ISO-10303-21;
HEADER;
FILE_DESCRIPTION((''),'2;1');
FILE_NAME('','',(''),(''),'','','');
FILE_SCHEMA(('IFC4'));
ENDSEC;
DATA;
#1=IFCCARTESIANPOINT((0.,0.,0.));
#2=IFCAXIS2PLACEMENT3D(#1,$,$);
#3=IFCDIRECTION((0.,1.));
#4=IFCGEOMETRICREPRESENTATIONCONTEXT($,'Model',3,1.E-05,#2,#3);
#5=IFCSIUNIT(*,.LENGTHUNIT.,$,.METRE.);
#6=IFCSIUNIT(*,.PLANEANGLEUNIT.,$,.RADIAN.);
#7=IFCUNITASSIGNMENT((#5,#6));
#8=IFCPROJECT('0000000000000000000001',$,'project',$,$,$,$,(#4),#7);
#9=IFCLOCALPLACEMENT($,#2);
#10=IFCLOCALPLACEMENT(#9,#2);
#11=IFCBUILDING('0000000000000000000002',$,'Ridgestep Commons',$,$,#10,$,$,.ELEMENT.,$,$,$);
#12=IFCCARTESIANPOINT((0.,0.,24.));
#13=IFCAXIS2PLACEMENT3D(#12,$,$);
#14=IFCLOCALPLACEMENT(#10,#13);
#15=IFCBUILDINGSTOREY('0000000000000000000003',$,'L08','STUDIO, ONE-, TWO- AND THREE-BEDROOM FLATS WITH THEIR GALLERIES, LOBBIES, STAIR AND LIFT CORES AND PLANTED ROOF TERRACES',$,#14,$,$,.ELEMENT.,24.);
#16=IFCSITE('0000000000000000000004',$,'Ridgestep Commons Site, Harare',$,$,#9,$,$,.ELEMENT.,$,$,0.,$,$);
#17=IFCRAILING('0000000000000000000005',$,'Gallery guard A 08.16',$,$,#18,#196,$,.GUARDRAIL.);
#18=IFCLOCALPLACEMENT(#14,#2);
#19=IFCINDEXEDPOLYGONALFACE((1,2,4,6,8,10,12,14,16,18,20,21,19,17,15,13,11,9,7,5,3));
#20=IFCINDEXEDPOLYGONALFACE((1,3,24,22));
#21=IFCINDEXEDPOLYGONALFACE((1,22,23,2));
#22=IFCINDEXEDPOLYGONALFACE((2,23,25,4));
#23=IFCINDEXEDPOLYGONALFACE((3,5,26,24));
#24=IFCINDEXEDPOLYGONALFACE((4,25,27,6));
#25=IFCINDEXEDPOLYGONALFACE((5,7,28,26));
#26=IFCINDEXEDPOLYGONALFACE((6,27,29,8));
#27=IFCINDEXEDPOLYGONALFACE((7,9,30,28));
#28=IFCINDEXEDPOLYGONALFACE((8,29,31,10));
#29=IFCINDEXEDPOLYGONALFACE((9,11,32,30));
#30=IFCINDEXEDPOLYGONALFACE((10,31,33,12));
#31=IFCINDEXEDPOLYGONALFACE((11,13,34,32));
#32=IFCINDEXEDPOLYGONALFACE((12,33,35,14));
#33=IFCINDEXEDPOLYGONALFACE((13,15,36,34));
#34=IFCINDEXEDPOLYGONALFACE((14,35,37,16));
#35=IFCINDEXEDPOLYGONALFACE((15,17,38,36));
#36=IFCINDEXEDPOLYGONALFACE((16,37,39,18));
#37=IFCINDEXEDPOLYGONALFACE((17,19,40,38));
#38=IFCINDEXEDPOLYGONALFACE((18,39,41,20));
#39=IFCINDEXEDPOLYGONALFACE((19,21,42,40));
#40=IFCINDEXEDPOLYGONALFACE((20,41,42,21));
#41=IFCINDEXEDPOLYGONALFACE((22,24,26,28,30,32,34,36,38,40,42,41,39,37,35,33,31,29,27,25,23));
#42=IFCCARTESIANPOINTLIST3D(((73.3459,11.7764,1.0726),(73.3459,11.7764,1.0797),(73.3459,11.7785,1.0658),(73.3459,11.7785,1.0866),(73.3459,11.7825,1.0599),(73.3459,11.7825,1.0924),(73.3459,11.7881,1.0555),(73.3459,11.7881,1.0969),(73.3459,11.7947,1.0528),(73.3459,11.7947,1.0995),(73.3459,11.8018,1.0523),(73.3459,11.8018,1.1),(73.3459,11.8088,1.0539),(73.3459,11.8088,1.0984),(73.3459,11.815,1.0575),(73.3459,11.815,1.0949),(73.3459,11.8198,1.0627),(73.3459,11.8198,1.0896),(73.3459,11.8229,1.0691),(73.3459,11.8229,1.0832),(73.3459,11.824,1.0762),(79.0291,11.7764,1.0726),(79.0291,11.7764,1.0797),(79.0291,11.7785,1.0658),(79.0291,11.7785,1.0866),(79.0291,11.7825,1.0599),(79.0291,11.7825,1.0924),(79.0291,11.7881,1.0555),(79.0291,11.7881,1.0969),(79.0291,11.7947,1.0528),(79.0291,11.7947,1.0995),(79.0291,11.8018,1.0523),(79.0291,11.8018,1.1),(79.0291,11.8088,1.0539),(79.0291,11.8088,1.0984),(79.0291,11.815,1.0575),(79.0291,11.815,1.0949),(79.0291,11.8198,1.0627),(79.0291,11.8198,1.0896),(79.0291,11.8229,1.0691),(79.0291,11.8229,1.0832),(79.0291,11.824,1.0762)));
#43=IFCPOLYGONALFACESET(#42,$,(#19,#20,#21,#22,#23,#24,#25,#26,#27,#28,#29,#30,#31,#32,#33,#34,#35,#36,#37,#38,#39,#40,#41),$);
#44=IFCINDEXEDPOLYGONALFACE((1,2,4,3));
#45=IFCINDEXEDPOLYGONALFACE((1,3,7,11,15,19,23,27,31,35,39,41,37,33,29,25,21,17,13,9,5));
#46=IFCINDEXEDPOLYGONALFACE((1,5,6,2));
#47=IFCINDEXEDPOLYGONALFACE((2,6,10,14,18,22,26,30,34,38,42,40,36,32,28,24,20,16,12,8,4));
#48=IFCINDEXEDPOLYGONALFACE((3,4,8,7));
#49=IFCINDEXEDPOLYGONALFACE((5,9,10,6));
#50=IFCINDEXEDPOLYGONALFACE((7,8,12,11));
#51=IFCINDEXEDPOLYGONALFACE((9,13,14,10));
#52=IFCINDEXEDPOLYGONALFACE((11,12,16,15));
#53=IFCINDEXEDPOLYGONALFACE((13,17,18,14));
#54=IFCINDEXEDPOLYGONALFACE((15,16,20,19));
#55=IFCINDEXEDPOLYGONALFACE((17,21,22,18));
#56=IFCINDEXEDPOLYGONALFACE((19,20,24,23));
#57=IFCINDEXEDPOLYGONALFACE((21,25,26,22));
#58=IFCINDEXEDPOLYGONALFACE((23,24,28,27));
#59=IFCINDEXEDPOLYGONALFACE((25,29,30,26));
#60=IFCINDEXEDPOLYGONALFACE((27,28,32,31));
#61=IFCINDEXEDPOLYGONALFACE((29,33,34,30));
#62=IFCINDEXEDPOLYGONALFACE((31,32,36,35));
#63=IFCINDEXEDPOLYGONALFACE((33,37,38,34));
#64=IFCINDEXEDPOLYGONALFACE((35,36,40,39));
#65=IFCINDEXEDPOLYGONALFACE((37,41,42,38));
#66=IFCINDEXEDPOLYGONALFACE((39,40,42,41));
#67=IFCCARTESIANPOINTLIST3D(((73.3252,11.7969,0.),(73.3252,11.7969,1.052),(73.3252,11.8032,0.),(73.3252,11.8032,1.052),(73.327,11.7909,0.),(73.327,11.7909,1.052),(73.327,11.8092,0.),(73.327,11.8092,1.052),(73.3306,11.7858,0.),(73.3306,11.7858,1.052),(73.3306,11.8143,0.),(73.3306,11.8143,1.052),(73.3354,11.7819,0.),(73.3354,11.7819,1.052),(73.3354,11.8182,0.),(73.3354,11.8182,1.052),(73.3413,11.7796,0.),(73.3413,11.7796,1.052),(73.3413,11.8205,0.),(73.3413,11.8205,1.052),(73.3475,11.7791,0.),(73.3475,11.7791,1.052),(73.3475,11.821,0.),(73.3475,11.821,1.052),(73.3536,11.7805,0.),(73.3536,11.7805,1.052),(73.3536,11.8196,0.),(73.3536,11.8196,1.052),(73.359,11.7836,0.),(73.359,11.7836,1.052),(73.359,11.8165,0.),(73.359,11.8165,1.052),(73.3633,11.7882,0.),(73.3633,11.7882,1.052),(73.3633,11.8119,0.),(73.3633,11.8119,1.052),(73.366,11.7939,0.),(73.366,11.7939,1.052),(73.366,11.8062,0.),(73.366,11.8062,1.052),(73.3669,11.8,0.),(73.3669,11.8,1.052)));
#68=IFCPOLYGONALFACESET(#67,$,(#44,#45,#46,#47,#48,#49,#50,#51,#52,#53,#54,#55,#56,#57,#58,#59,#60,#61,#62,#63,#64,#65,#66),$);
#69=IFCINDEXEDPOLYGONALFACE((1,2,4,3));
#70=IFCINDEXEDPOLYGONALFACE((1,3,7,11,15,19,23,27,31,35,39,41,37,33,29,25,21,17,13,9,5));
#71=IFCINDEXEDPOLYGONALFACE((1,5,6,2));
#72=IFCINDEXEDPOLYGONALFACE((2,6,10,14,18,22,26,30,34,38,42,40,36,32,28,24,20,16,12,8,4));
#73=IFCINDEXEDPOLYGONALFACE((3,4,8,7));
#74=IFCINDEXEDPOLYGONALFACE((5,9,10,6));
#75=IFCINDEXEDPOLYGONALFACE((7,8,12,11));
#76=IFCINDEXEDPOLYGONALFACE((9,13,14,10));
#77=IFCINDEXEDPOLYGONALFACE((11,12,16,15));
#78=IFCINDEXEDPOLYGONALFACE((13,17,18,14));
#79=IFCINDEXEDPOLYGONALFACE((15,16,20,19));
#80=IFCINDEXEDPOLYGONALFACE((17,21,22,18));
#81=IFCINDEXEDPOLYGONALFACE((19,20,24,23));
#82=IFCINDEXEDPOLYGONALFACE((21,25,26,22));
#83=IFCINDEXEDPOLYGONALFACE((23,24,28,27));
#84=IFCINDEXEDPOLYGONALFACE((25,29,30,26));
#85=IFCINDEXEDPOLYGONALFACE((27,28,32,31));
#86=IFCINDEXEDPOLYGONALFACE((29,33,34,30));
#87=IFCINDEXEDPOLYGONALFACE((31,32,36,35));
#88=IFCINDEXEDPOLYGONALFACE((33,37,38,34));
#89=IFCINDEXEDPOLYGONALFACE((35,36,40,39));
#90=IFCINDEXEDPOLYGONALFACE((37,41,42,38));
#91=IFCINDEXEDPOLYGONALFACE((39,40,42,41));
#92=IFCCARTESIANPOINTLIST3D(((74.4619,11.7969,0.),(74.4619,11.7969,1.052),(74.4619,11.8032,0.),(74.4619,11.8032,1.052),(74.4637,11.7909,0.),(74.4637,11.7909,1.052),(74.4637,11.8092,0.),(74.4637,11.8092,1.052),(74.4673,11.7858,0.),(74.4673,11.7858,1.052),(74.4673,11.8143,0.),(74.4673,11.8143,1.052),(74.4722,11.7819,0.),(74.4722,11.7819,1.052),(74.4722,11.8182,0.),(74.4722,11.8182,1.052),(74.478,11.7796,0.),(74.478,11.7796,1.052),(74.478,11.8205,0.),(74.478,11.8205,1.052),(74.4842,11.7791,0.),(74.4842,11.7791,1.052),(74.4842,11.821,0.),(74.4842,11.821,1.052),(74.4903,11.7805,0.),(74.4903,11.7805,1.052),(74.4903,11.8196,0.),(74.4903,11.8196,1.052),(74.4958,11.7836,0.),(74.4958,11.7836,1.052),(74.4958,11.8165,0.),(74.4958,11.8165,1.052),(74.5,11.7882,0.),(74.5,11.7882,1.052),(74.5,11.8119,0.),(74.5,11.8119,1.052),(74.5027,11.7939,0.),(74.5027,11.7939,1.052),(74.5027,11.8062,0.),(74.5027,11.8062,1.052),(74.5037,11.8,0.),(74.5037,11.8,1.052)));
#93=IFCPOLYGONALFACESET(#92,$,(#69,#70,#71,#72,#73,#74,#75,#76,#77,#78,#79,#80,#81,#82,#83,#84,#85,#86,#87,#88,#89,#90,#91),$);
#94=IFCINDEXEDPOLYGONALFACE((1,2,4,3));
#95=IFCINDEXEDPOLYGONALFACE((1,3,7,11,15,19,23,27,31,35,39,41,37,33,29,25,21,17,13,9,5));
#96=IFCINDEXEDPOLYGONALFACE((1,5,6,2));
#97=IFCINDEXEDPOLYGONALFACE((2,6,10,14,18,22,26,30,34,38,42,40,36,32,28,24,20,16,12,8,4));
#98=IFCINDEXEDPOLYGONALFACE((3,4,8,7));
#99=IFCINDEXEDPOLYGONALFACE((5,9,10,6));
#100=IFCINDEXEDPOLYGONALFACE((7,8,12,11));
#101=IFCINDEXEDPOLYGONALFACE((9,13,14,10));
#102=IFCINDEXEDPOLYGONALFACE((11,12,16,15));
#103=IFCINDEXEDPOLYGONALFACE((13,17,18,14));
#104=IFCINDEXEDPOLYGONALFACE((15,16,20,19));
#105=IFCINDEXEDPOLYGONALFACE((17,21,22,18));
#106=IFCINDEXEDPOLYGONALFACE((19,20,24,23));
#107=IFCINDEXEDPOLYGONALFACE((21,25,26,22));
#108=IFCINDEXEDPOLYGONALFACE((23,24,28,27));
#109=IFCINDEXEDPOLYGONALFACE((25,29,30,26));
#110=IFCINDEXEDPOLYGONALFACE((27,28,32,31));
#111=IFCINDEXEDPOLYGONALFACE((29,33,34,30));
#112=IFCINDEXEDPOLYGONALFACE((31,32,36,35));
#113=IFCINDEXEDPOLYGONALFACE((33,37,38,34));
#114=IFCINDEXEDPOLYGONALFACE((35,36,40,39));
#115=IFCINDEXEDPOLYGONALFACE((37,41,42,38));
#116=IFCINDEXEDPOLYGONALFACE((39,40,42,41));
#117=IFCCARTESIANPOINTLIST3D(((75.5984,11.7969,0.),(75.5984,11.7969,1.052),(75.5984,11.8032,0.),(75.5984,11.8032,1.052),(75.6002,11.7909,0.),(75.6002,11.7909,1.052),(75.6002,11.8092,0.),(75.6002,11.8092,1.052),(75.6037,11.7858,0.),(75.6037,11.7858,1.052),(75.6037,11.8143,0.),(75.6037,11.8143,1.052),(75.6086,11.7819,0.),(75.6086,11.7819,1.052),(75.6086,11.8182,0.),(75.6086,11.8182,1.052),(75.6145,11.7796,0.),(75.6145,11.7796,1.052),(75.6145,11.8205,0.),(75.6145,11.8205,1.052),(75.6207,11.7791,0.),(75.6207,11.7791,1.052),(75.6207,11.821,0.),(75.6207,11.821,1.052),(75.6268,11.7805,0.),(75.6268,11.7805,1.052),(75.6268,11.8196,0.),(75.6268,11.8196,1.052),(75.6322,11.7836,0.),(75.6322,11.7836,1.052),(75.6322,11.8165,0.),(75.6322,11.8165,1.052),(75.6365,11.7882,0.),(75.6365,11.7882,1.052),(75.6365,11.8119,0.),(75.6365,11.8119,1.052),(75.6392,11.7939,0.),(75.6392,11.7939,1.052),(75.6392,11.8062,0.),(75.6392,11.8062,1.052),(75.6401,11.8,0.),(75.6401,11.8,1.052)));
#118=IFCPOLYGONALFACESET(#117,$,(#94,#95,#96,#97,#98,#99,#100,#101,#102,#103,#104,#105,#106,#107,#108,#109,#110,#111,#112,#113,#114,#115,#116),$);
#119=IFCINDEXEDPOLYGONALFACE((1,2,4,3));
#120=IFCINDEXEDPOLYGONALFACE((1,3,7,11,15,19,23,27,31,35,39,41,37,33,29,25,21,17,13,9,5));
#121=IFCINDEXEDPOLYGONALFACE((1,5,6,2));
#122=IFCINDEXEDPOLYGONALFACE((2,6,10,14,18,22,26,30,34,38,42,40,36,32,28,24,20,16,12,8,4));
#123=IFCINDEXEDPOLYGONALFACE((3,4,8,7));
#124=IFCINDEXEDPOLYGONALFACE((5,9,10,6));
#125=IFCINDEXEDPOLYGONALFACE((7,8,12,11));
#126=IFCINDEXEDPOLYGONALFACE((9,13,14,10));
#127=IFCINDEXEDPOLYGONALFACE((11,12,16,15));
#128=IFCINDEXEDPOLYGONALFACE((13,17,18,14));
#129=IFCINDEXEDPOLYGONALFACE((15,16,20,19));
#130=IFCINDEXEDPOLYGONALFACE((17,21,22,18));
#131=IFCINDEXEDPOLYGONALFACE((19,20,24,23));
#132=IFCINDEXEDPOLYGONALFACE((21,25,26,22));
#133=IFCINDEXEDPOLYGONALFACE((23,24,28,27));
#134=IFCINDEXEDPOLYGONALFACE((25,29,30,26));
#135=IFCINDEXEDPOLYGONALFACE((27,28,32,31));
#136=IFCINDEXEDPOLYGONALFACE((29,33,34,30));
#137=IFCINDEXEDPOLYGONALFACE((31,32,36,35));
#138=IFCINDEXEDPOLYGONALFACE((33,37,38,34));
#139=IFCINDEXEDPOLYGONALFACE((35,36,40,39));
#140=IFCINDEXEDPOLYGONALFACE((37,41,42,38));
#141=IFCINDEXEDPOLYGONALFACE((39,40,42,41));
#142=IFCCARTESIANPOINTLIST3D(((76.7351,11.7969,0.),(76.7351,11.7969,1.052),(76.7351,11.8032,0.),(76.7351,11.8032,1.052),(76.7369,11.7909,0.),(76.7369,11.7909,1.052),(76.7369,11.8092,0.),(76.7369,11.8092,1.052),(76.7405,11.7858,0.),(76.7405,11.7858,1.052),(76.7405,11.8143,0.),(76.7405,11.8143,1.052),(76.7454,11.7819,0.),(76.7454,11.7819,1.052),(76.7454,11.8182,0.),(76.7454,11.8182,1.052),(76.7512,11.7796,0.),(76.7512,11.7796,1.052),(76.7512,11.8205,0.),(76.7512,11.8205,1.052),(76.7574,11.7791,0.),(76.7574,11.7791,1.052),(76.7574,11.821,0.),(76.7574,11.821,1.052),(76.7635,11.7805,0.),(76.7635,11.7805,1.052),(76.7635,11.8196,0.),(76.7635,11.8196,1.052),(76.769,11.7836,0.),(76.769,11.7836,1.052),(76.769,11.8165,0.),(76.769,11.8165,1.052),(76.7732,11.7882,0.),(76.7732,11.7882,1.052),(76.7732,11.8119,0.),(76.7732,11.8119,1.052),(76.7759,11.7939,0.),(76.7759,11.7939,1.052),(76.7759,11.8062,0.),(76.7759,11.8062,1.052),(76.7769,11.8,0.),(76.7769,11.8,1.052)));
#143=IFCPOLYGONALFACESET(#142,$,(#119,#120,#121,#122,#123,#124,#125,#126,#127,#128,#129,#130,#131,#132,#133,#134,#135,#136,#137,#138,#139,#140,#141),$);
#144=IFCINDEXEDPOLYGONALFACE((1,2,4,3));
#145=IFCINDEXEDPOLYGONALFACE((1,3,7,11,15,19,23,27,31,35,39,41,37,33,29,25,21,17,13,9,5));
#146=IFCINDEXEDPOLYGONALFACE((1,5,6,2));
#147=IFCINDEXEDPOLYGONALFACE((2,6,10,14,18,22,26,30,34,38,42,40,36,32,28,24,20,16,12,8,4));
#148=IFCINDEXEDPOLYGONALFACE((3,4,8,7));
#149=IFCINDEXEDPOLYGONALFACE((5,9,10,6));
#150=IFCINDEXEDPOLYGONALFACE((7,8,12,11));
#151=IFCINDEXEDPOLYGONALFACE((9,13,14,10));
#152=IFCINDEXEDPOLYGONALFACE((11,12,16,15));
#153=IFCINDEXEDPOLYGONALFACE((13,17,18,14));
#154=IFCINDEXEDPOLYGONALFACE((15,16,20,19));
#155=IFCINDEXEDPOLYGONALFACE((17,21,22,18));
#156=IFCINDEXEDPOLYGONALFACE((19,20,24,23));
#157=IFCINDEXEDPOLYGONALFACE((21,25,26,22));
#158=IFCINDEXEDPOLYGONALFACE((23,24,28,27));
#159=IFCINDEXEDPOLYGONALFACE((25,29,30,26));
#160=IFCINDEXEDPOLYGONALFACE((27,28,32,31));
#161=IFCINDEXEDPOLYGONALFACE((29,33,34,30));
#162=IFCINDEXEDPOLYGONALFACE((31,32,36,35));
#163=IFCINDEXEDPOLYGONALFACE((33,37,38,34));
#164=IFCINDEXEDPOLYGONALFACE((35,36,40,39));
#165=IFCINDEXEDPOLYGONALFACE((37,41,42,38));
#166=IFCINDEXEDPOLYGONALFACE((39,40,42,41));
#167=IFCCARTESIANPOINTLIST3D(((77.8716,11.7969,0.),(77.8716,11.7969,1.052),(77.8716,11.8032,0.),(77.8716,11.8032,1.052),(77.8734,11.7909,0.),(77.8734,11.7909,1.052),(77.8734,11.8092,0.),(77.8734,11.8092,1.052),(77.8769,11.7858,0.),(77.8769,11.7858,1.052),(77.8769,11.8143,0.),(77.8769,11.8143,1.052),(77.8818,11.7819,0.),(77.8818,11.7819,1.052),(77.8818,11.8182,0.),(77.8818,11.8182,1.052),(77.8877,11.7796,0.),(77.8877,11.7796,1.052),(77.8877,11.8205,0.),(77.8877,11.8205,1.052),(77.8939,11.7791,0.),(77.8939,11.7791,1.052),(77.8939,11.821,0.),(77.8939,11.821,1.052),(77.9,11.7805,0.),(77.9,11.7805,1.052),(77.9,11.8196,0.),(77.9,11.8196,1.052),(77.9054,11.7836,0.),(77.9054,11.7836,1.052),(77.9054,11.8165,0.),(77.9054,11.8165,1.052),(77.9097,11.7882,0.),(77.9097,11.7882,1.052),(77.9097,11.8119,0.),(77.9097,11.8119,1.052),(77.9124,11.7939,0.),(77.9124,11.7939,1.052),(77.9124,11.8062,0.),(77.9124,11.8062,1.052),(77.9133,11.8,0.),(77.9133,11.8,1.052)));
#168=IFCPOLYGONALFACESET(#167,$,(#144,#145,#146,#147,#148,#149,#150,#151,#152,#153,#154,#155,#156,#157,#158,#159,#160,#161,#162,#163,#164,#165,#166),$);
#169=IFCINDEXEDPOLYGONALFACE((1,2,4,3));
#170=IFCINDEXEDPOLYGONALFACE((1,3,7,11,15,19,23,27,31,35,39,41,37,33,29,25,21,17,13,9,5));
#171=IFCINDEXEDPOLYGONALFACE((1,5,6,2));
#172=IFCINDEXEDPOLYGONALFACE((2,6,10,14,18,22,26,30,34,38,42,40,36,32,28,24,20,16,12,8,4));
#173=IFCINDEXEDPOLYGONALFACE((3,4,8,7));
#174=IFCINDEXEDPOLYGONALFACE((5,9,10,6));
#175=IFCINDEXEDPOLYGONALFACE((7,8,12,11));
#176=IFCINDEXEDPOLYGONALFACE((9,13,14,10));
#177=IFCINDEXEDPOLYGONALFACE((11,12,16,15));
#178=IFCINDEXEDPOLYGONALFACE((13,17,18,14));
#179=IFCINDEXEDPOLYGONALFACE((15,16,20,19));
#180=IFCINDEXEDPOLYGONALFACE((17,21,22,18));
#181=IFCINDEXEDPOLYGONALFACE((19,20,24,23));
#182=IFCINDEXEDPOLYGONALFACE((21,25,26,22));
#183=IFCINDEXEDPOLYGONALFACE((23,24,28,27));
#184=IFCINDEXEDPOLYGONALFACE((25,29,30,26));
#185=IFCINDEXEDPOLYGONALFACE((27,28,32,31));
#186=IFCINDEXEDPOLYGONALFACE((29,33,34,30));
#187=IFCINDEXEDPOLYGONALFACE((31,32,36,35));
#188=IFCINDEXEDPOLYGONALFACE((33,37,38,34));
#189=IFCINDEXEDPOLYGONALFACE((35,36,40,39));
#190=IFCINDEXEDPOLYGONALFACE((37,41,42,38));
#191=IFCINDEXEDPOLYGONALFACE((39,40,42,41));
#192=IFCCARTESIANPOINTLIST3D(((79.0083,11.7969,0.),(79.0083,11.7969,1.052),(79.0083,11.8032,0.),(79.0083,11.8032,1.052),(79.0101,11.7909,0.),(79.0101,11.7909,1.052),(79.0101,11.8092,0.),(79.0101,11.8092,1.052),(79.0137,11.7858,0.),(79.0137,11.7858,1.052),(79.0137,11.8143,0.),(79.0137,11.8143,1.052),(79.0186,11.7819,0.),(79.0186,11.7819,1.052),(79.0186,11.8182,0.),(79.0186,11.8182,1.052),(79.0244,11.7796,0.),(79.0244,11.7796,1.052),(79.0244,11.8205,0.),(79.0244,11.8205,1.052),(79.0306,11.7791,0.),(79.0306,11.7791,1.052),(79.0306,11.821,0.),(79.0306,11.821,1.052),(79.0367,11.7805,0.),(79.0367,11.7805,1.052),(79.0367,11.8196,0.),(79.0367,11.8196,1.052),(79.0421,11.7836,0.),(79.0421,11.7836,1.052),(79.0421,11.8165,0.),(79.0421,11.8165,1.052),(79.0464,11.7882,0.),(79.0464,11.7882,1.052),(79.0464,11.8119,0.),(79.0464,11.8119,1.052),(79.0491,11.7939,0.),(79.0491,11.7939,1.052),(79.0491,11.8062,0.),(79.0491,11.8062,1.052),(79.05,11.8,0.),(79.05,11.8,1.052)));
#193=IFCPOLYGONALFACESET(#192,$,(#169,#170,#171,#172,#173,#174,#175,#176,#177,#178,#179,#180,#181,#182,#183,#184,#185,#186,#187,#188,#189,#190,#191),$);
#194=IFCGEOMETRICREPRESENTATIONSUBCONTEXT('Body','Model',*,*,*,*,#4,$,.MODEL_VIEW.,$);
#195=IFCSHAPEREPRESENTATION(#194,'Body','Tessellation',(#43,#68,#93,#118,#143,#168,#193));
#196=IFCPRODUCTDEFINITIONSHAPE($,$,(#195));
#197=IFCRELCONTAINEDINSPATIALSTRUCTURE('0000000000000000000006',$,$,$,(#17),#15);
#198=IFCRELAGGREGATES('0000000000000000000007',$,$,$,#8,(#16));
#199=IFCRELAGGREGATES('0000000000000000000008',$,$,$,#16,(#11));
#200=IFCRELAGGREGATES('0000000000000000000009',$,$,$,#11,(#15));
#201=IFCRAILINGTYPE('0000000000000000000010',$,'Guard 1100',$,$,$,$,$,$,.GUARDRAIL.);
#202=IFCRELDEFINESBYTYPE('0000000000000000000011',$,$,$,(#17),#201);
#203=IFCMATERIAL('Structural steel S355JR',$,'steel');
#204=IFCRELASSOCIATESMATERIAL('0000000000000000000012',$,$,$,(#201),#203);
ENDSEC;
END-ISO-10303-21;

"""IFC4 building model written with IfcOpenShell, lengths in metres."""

from ifc_helpers import new_model, si_unit, direction, frame, origin, origin_2d, place, context, subcontext, project, spatial, circle, extrude, material, type_object, element, save


model = new_model("IFC4")

# Units and contexts
model_context = context("Model", 3, precision=1e-05, world=origin(), true_north=direction((0.0, 1.0)))
body_context = subcontext(model_context, "Body", "Model", "MODEL_VIEW")
ifc_project = project(units=[si_unit("LENGTHUNIT", "METRE"), si_unit("PLANEANGLEUNIT", "RADIAN")], contexts=[model_context])

# Site, building, storey
site_placement = place(None, origin())
site = spatial("IfcSite", under=ifc_project, at=site_placement, Name="Ridgestep Commons Site, Harare", CompositionType="ELEMENT", RefElevation=0.0)
building_placement = place(site_placement, origin())
building = spatial("IfcBuilding", under=site, at=building_placement, Name="Ridgestep Commons", CompositionType="ELEMENT")
storey_placement = place(building_placement, frame((0.0, 0.0, 24.0)))
storey = spatial("IfcBuildingStorey", under=building, at=storey_placement, Name="L08", Description="STUDIO, ONE-, TWO- AND THREE-BEDROOM FLATS WITH THEIR GALLERIES, LOBBIES, STAIR AND LIFT CORES AND PLANTED ROOF TERRACES", CompositionType="ELEMENT", Elevation=24.0)

# Railing
ifc_material_1 = material(Name="Structural steel S355JR", Category="steel")
railing_type_1 = type_object("IfcRailingType", Name="Guard 1100", PredefinedType="GUARDRAIL", material=ifc_material_1)
railing_1_placement = place(storey_placement, frame((73.3459, 11.8, 0.0)))
element("IfcRailing", 1, at=railing_1_placement, inside=storey, type_object=railing_type_1, Name="Gallery guard A 08.16", PredefinedType="GUARDRAIL", context=body_context, shape_type="SweptSolid", body=[
    extrude(circle(Radius=0.0239, at=origin_2d()), frame((0.0, 0.0, 1.0762), z_axis=(1.0, 0.0, 0.0), x_axis=(0.0, 1.0, 0.0)), (0.0, 0.0, 1.0), 5.6831),
    extrude(circle(Radius=0.021, at=origin_2d()), origin(), (0.0, 0.0, 1.0), 1.052),
    extrude(circle(Radius=0.021, at=origin_2d()), frame((1.1367, 0.0, 0.0)), (0.0, 0.0, 1.0), 1.052),
    extrude(circle(Radius=0.021, at=origin_2d()), frame((2.2732, 0.0, 0.0)), (0.0, 0.0, 1.0), 1.052),
    extrude(circle(Radius=0.021, at=origin_2d()), frame((3.4099, 0.0, 0.0)), (0.0, 0.0, 1.0), 1.052),
    extrude(circle(Radius=0.021, at=origin_2d()), frame((4.5464, 0.0, 0.0)), (0.0, 0.0, 1.0), 1.052),
    extrude(circle(Radius=0.021, at=origin_2d()), frame((5.6831, 0.0, 0.0)), (0.0, 0.0, 1.0), 1.052),
])

save(model, "model.ifc")
